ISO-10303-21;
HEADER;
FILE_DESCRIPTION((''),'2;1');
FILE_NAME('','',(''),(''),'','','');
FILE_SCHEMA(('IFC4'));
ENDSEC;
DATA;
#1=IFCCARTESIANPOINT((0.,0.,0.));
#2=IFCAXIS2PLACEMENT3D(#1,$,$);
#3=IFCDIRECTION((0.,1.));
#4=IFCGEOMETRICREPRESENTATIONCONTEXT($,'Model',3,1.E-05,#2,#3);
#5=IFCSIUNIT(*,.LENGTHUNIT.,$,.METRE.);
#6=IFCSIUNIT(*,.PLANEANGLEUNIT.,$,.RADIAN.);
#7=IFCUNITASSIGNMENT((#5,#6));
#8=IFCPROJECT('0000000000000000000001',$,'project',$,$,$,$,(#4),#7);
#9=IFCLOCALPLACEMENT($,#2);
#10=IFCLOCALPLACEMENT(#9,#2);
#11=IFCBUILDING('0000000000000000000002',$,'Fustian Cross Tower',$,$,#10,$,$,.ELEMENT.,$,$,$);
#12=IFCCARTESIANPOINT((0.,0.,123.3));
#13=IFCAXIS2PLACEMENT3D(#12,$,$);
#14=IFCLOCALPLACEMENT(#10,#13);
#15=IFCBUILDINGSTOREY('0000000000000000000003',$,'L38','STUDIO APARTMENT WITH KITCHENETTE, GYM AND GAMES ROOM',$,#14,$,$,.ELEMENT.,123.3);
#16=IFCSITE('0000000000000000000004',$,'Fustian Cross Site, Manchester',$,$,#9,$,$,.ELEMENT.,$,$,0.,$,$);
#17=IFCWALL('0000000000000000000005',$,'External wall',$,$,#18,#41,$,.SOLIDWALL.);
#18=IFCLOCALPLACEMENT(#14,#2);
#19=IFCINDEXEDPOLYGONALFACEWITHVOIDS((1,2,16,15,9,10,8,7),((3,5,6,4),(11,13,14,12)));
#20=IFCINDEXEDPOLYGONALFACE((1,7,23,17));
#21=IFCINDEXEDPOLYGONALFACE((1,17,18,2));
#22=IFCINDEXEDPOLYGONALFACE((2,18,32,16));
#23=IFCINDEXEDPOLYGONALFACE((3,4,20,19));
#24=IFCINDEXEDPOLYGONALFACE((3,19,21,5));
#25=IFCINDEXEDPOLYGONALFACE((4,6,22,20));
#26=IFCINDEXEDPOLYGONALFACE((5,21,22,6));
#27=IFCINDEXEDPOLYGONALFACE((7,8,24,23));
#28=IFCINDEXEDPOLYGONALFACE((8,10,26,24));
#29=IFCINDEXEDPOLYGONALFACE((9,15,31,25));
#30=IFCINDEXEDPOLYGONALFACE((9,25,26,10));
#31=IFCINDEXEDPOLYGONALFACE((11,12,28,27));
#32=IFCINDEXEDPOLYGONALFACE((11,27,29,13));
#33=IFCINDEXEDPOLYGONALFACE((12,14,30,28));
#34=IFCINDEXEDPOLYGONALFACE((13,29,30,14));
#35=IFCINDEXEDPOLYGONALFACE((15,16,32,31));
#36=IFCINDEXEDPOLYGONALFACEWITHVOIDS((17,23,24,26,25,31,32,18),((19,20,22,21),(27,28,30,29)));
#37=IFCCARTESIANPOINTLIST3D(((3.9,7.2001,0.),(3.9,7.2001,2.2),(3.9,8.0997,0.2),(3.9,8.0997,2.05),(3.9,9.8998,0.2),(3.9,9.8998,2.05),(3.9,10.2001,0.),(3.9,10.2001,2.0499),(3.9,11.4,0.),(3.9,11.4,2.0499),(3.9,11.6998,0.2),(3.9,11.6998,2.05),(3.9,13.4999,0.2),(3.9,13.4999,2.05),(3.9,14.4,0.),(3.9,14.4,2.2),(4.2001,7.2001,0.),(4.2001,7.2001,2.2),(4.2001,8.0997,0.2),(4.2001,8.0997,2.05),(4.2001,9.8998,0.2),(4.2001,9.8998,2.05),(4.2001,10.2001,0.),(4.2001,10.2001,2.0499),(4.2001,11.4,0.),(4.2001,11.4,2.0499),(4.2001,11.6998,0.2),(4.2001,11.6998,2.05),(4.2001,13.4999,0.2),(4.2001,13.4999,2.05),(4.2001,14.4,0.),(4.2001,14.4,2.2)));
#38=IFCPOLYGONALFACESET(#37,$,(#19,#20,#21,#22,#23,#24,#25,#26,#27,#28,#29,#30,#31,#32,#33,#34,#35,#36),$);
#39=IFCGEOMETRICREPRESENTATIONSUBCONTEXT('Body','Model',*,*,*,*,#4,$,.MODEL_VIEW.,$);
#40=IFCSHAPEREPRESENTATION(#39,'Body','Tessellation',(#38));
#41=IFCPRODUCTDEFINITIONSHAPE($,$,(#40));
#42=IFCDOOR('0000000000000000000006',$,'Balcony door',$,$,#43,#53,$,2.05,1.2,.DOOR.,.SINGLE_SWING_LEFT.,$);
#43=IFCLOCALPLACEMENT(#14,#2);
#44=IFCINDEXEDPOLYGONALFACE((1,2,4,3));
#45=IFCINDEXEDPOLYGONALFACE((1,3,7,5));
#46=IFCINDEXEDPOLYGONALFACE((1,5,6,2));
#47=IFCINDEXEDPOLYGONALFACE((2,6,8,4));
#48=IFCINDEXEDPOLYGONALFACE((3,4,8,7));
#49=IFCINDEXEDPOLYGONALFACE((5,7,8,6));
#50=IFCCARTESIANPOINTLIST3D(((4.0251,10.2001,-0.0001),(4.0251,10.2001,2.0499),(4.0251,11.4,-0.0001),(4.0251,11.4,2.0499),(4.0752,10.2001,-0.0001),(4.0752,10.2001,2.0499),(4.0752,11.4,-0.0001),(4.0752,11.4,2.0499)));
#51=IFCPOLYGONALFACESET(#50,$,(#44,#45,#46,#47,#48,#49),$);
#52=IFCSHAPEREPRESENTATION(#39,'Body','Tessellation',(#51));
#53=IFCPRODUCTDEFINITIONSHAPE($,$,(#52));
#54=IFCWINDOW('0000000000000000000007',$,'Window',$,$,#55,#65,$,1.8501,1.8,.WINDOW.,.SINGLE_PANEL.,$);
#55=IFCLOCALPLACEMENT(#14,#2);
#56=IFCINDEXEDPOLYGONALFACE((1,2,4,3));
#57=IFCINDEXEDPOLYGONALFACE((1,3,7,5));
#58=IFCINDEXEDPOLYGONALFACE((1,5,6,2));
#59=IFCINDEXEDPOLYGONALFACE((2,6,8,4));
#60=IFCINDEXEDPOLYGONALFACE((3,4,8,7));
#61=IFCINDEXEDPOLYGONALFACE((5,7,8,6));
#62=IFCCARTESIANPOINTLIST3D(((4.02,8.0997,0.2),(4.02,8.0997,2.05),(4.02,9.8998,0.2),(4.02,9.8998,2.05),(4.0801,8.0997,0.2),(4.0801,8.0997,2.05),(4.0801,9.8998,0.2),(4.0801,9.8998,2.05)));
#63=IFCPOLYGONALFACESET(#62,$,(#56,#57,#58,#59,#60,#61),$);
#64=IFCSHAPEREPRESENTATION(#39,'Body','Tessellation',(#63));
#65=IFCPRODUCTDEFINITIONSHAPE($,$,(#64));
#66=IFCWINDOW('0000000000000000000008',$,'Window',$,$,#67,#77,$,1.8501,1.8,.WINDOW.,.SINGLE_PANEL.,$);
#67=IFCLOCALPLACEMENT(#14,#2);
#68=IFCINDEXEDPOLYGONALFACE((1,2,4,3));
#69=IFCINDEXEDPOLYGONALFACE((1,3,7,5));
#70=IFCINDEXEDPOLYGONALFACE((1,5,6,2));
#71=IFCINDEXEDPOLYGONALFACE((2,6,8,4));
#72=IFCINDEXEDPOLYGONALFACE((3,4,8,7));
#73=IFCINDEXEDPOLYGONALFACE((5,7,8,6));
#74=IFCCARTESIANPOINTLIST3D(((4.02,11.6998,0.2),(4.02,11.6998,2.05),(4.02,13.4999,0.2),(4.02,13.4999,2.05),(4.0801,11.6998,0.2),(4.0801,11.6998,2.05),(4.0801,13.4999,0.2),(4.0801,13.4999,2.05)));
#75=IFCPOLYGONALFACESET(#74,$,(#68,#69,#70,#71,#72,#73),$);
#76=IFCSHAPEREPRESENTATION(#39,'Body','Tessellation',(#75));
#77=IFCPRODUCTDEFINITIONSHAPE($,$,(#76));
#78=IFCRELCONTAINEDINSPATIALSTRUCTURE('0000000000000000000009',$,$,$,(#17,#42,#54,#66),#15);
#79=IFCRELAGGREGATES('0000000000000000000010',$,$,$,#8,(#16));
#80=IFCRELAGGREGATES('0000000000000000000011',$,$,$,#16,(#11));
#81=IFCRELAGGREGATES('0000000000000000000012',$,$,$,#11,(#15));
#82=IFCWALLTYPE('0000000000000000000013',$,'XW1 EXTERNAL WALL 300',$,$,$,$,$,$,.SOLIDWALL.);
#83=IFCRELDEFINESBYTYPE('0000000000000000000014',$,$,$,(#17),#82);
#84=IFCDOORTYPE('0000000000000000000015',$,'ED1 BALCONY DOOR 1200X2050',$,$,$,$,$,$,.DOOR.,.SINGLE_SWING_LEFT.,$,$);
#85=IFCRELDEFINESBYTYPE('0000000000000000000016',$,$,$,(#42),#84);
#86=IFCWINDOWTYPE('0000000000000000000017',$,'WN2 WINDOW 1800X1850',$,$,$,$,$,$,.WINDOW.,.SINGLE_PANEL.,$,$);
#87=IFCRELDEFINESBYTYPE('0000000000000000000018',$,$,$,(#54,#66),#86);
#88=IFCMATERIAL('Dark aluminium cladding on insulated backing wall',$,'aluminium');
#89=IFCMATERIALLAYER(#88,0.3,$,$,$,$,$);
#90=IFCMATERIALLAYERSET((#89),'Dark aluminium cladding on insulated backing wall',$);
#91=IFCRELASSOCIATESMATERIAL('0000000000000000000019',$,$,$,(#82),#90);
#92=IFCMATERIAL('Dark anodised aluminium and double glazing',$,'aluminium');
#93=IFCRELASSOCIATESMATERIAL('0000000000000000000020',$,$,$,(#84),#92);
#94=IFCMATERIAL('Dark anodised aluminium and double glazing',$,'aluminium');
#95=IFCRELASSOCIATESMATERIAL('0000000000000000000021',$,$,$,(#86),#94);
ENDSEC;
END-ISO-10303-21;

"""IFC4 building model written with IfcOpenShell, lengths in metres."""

from ifc_helpers import new_model, si_unit, direction, frame, frame_2d, origin, place, context, subcontext, project, spatial, rectangle, extrude, material, layer, layer_set, type_object, element, fill, save


model = new_model("IFC4")

# Units and contexts
model_context = context("Model", 3, precision=1e-05, world=origin(), true_north=direction((0.0, 1.0)))
body_context = subcontext(model_context, "Body", "Model", "MODEL_VIEW")
ifc_project = project(units=[si_unit("LENGTHUNIT", "METRE"), si_unit("PLANEANGLEUNIT", "RADIAN")], contexts=[model_context])

# Site, building, storey
site_placement = place(None, origin())
site = spatial("IfcSite", under=ifc_project, at=site_placement, Name="Fustian Cross Site, Manchester", CompositionType="ELEMENT", RefElevation=0.0)
building_placement = place(site_placement, origin())
building = spatial("IfcBuilding", under=site, at=building_placement, Name="Fustian Cross Tower", CompositionType="ELEMENT")
storey_placement = place(building_placement, frame((0.0, 0.0, 123.3)))
storey = spatial("IfcBuildingStorey", under=building, at=storey_placement, Name="L38", Description="STUDIO APARTMENT WITH KITCHENETTE, GYM AND GAMES ROOM", CompositionType="ELEMENT", Elevation=123.3)

# Shared definitions
ifc_material_1 = material(Name="Dark aluminium cladding on insulated backing wall", Category="aluminium")
ifc_layer_1 = layer(ifc_material_1, 0.3)
ifc_layer_set_1 = layer_set([ifc_layer_1], Name="Dark aluminium cladding on insulated backing wall")
wall_type_1 = type_object("IfcWallType", Name="XW1 EXTERNAL WALL 300", PredefinedType="SOLIDWALL", material=ifc_layer_set_1)

# Wall, openings, door, windows
wall_1_placement = place(storey_placement, frame((4.05, 7.2, 0.0), z_axis=(0.0, 0.0, 1.0), x_axis=(0.0, 1.0, 0.0)))
wall_1 = element("IfcWall", 1, at=wall_1_placement, inside=storey, type_object=wall_type_1, Name="External wall", PredefinedType="SOLIDWALL", context=body_context, shape_type="SweptSolid", body=[
    extrude(rectangle(XDim=7.2, YDim=0.3, at=frame_2d((3.6001, 0.0))), origin(), (0.0, 0.0, 1.0), 2.2),
])
opening_1_placement = place(wall_1_placement, frame((3.0, 0.0, 0.0)))
opening_1 = element("IfcOpeningElement", 2, at=opening_1_placement, cuts=wall_1, PredefinedType="OPENING", context=body_context, shape_type="SweptSolid", body=[
    extrude(rectangle(XDim=1.2, YDim=2.05, at=frame_2d((0.6001, 1.0249))), frame((0.0, 0.1599, 0.0), z_axis=(0.0, -1.0, 0.0), x_axis=(1.0, 0.0, 0.0)), (0.0, 0.0, 1.0), 0.3201),
])
opening_2_placement = place(wall_1_placement, frame((0.8999, 0.0, 0.2)))
opening_2 = element("IfcOpeningElement", 3, at=opening_2_placement, cuts=wall_1, PredefinedType="OPENING", context=body_context, shape_type="SweptSolid", body=[
    extrude(rectangle(XDim=1.8, YDim=1.8501, at=frame_2d((0.8999, 0.925))), frame((0.0, 0.1599, 0.0), z_axis=(0.0, -1.0, 0.0), x_axis=(1.0, 0.0, 0.0)), (0.0, 0.0, 1.0), 0.3201),
])
opening_3_placement = place(wall_1_placement, frame((4.5, 0.0, 0.2)))
opening_3 = element("IfcOpeningElement", 4, at=opening_3_placement, cuts=wall_1, PredefinedType="OPENING", context=body_context, shape_type="SweptSolid", body=[
    extrude(rectangle(XDim=1.8, YDim=1.8501, at=frame_2d((0.8999, 0.925))), frame((0.0, 0.1599, 0.0), z_axis=(0.0, -1.0, 0.0), x_axis=(1.0, 0.0, 0.0)), (0.0, 0.0, 1.0), 0.3201),
])
ifc_material_2 = material(Name="Dark anodised aluminium and double glazing", Category="aluminium")
door_type_1 = type_object("IfcDoorType", Name="ED1 BALCONY DOOR 1200X2050", OperationType="SINGLE_SWING_LEFT", PredefinedType="DOOR", material=ifc_material_2)
door_1_placement = place(opening_1_placement, origin())
door_1 = element("IfcDoor", 5, at=door_1_placement, inside=storey, type_object=door_type_1, Name="Balcony door", OperationType="SINGLE_SWING_LEFT", OverallHeight=2.05, OverallWidth=1.2, PredefinedType="DOOR", context=body_context, shape_type="SweptSolid", body=[
    extrude(rectangle(XDim=1.2, YDim=2.05, at=frame_2d((0.6001, 1.0249))), frame((0.0, 0.0249, 0.0), z_axis=(0.0, -1.0, 0.0), x_axis=(1.0, 0.0, 0.0)), (0.0, 0.0, 1.0), 0.05),
])
fill(opening_1, door_1)
ifc_material_3 = material(Name="Dark anodised aluminium and double glazing", Category="aluminium")
window_type = type_object("IfcWindowType", Name="WN2 WINDOW 1800X1850", PartitioningType="SINGLE_PANEL", PredefinedType="WINDOW", material=ifc_material_3)
window_1_placement = place(opening_2_placement, origin())
window_1 = element("IfcWindow", 6, at=window_1_placement, inside=storey, type_object=window_type, Name="Window", OverallHeight=1.8501, OverallWidth=1.8, PartitioningType="SINGLE_PANEL", PredefinedType="WINDOW", context=body_context, shape_type="SweptSolid", body=[
    extrude(rectangle(XDim=1.8, YDim=1.8501, at=frame_2d((0.8999, 0.925))), frame((0.0, 0.03, 0.0), z_axis=(0.0, -1.0, 0.0), x_axis=(1.0, 0.0, 0.0)), (0.0, 0.0, 1.0), 0.0601),
])
fill(opening_2, window_1)
window_2_placement = place(opening_3_placement, origin())
window_2 = element("IfcWindow", 7, at=window_2_placement, inside=storey, type_object=window_type, Name="Window", OverallHeight=1.8501, OverallWidth=1.8, PartitioningType="SINGLE_PANEL", PredefinedType="WINDOW", context=body_context, shape_type="SweptSolid", body=[
    extrude(rectangle(XDim=1.8, YDim=1.8501, at=frame_2d((0.8999, 0.925))), frame((0.0, 0.03, 0.0), z_axis=(0.0, -1.0, 0.0), x_axis=(1.0, 0.0, 0.0)), (0.0, 0.0, 1.0), 0.0601),
])
fill(opening_3, window_2)

save(model, "model.ifc")
